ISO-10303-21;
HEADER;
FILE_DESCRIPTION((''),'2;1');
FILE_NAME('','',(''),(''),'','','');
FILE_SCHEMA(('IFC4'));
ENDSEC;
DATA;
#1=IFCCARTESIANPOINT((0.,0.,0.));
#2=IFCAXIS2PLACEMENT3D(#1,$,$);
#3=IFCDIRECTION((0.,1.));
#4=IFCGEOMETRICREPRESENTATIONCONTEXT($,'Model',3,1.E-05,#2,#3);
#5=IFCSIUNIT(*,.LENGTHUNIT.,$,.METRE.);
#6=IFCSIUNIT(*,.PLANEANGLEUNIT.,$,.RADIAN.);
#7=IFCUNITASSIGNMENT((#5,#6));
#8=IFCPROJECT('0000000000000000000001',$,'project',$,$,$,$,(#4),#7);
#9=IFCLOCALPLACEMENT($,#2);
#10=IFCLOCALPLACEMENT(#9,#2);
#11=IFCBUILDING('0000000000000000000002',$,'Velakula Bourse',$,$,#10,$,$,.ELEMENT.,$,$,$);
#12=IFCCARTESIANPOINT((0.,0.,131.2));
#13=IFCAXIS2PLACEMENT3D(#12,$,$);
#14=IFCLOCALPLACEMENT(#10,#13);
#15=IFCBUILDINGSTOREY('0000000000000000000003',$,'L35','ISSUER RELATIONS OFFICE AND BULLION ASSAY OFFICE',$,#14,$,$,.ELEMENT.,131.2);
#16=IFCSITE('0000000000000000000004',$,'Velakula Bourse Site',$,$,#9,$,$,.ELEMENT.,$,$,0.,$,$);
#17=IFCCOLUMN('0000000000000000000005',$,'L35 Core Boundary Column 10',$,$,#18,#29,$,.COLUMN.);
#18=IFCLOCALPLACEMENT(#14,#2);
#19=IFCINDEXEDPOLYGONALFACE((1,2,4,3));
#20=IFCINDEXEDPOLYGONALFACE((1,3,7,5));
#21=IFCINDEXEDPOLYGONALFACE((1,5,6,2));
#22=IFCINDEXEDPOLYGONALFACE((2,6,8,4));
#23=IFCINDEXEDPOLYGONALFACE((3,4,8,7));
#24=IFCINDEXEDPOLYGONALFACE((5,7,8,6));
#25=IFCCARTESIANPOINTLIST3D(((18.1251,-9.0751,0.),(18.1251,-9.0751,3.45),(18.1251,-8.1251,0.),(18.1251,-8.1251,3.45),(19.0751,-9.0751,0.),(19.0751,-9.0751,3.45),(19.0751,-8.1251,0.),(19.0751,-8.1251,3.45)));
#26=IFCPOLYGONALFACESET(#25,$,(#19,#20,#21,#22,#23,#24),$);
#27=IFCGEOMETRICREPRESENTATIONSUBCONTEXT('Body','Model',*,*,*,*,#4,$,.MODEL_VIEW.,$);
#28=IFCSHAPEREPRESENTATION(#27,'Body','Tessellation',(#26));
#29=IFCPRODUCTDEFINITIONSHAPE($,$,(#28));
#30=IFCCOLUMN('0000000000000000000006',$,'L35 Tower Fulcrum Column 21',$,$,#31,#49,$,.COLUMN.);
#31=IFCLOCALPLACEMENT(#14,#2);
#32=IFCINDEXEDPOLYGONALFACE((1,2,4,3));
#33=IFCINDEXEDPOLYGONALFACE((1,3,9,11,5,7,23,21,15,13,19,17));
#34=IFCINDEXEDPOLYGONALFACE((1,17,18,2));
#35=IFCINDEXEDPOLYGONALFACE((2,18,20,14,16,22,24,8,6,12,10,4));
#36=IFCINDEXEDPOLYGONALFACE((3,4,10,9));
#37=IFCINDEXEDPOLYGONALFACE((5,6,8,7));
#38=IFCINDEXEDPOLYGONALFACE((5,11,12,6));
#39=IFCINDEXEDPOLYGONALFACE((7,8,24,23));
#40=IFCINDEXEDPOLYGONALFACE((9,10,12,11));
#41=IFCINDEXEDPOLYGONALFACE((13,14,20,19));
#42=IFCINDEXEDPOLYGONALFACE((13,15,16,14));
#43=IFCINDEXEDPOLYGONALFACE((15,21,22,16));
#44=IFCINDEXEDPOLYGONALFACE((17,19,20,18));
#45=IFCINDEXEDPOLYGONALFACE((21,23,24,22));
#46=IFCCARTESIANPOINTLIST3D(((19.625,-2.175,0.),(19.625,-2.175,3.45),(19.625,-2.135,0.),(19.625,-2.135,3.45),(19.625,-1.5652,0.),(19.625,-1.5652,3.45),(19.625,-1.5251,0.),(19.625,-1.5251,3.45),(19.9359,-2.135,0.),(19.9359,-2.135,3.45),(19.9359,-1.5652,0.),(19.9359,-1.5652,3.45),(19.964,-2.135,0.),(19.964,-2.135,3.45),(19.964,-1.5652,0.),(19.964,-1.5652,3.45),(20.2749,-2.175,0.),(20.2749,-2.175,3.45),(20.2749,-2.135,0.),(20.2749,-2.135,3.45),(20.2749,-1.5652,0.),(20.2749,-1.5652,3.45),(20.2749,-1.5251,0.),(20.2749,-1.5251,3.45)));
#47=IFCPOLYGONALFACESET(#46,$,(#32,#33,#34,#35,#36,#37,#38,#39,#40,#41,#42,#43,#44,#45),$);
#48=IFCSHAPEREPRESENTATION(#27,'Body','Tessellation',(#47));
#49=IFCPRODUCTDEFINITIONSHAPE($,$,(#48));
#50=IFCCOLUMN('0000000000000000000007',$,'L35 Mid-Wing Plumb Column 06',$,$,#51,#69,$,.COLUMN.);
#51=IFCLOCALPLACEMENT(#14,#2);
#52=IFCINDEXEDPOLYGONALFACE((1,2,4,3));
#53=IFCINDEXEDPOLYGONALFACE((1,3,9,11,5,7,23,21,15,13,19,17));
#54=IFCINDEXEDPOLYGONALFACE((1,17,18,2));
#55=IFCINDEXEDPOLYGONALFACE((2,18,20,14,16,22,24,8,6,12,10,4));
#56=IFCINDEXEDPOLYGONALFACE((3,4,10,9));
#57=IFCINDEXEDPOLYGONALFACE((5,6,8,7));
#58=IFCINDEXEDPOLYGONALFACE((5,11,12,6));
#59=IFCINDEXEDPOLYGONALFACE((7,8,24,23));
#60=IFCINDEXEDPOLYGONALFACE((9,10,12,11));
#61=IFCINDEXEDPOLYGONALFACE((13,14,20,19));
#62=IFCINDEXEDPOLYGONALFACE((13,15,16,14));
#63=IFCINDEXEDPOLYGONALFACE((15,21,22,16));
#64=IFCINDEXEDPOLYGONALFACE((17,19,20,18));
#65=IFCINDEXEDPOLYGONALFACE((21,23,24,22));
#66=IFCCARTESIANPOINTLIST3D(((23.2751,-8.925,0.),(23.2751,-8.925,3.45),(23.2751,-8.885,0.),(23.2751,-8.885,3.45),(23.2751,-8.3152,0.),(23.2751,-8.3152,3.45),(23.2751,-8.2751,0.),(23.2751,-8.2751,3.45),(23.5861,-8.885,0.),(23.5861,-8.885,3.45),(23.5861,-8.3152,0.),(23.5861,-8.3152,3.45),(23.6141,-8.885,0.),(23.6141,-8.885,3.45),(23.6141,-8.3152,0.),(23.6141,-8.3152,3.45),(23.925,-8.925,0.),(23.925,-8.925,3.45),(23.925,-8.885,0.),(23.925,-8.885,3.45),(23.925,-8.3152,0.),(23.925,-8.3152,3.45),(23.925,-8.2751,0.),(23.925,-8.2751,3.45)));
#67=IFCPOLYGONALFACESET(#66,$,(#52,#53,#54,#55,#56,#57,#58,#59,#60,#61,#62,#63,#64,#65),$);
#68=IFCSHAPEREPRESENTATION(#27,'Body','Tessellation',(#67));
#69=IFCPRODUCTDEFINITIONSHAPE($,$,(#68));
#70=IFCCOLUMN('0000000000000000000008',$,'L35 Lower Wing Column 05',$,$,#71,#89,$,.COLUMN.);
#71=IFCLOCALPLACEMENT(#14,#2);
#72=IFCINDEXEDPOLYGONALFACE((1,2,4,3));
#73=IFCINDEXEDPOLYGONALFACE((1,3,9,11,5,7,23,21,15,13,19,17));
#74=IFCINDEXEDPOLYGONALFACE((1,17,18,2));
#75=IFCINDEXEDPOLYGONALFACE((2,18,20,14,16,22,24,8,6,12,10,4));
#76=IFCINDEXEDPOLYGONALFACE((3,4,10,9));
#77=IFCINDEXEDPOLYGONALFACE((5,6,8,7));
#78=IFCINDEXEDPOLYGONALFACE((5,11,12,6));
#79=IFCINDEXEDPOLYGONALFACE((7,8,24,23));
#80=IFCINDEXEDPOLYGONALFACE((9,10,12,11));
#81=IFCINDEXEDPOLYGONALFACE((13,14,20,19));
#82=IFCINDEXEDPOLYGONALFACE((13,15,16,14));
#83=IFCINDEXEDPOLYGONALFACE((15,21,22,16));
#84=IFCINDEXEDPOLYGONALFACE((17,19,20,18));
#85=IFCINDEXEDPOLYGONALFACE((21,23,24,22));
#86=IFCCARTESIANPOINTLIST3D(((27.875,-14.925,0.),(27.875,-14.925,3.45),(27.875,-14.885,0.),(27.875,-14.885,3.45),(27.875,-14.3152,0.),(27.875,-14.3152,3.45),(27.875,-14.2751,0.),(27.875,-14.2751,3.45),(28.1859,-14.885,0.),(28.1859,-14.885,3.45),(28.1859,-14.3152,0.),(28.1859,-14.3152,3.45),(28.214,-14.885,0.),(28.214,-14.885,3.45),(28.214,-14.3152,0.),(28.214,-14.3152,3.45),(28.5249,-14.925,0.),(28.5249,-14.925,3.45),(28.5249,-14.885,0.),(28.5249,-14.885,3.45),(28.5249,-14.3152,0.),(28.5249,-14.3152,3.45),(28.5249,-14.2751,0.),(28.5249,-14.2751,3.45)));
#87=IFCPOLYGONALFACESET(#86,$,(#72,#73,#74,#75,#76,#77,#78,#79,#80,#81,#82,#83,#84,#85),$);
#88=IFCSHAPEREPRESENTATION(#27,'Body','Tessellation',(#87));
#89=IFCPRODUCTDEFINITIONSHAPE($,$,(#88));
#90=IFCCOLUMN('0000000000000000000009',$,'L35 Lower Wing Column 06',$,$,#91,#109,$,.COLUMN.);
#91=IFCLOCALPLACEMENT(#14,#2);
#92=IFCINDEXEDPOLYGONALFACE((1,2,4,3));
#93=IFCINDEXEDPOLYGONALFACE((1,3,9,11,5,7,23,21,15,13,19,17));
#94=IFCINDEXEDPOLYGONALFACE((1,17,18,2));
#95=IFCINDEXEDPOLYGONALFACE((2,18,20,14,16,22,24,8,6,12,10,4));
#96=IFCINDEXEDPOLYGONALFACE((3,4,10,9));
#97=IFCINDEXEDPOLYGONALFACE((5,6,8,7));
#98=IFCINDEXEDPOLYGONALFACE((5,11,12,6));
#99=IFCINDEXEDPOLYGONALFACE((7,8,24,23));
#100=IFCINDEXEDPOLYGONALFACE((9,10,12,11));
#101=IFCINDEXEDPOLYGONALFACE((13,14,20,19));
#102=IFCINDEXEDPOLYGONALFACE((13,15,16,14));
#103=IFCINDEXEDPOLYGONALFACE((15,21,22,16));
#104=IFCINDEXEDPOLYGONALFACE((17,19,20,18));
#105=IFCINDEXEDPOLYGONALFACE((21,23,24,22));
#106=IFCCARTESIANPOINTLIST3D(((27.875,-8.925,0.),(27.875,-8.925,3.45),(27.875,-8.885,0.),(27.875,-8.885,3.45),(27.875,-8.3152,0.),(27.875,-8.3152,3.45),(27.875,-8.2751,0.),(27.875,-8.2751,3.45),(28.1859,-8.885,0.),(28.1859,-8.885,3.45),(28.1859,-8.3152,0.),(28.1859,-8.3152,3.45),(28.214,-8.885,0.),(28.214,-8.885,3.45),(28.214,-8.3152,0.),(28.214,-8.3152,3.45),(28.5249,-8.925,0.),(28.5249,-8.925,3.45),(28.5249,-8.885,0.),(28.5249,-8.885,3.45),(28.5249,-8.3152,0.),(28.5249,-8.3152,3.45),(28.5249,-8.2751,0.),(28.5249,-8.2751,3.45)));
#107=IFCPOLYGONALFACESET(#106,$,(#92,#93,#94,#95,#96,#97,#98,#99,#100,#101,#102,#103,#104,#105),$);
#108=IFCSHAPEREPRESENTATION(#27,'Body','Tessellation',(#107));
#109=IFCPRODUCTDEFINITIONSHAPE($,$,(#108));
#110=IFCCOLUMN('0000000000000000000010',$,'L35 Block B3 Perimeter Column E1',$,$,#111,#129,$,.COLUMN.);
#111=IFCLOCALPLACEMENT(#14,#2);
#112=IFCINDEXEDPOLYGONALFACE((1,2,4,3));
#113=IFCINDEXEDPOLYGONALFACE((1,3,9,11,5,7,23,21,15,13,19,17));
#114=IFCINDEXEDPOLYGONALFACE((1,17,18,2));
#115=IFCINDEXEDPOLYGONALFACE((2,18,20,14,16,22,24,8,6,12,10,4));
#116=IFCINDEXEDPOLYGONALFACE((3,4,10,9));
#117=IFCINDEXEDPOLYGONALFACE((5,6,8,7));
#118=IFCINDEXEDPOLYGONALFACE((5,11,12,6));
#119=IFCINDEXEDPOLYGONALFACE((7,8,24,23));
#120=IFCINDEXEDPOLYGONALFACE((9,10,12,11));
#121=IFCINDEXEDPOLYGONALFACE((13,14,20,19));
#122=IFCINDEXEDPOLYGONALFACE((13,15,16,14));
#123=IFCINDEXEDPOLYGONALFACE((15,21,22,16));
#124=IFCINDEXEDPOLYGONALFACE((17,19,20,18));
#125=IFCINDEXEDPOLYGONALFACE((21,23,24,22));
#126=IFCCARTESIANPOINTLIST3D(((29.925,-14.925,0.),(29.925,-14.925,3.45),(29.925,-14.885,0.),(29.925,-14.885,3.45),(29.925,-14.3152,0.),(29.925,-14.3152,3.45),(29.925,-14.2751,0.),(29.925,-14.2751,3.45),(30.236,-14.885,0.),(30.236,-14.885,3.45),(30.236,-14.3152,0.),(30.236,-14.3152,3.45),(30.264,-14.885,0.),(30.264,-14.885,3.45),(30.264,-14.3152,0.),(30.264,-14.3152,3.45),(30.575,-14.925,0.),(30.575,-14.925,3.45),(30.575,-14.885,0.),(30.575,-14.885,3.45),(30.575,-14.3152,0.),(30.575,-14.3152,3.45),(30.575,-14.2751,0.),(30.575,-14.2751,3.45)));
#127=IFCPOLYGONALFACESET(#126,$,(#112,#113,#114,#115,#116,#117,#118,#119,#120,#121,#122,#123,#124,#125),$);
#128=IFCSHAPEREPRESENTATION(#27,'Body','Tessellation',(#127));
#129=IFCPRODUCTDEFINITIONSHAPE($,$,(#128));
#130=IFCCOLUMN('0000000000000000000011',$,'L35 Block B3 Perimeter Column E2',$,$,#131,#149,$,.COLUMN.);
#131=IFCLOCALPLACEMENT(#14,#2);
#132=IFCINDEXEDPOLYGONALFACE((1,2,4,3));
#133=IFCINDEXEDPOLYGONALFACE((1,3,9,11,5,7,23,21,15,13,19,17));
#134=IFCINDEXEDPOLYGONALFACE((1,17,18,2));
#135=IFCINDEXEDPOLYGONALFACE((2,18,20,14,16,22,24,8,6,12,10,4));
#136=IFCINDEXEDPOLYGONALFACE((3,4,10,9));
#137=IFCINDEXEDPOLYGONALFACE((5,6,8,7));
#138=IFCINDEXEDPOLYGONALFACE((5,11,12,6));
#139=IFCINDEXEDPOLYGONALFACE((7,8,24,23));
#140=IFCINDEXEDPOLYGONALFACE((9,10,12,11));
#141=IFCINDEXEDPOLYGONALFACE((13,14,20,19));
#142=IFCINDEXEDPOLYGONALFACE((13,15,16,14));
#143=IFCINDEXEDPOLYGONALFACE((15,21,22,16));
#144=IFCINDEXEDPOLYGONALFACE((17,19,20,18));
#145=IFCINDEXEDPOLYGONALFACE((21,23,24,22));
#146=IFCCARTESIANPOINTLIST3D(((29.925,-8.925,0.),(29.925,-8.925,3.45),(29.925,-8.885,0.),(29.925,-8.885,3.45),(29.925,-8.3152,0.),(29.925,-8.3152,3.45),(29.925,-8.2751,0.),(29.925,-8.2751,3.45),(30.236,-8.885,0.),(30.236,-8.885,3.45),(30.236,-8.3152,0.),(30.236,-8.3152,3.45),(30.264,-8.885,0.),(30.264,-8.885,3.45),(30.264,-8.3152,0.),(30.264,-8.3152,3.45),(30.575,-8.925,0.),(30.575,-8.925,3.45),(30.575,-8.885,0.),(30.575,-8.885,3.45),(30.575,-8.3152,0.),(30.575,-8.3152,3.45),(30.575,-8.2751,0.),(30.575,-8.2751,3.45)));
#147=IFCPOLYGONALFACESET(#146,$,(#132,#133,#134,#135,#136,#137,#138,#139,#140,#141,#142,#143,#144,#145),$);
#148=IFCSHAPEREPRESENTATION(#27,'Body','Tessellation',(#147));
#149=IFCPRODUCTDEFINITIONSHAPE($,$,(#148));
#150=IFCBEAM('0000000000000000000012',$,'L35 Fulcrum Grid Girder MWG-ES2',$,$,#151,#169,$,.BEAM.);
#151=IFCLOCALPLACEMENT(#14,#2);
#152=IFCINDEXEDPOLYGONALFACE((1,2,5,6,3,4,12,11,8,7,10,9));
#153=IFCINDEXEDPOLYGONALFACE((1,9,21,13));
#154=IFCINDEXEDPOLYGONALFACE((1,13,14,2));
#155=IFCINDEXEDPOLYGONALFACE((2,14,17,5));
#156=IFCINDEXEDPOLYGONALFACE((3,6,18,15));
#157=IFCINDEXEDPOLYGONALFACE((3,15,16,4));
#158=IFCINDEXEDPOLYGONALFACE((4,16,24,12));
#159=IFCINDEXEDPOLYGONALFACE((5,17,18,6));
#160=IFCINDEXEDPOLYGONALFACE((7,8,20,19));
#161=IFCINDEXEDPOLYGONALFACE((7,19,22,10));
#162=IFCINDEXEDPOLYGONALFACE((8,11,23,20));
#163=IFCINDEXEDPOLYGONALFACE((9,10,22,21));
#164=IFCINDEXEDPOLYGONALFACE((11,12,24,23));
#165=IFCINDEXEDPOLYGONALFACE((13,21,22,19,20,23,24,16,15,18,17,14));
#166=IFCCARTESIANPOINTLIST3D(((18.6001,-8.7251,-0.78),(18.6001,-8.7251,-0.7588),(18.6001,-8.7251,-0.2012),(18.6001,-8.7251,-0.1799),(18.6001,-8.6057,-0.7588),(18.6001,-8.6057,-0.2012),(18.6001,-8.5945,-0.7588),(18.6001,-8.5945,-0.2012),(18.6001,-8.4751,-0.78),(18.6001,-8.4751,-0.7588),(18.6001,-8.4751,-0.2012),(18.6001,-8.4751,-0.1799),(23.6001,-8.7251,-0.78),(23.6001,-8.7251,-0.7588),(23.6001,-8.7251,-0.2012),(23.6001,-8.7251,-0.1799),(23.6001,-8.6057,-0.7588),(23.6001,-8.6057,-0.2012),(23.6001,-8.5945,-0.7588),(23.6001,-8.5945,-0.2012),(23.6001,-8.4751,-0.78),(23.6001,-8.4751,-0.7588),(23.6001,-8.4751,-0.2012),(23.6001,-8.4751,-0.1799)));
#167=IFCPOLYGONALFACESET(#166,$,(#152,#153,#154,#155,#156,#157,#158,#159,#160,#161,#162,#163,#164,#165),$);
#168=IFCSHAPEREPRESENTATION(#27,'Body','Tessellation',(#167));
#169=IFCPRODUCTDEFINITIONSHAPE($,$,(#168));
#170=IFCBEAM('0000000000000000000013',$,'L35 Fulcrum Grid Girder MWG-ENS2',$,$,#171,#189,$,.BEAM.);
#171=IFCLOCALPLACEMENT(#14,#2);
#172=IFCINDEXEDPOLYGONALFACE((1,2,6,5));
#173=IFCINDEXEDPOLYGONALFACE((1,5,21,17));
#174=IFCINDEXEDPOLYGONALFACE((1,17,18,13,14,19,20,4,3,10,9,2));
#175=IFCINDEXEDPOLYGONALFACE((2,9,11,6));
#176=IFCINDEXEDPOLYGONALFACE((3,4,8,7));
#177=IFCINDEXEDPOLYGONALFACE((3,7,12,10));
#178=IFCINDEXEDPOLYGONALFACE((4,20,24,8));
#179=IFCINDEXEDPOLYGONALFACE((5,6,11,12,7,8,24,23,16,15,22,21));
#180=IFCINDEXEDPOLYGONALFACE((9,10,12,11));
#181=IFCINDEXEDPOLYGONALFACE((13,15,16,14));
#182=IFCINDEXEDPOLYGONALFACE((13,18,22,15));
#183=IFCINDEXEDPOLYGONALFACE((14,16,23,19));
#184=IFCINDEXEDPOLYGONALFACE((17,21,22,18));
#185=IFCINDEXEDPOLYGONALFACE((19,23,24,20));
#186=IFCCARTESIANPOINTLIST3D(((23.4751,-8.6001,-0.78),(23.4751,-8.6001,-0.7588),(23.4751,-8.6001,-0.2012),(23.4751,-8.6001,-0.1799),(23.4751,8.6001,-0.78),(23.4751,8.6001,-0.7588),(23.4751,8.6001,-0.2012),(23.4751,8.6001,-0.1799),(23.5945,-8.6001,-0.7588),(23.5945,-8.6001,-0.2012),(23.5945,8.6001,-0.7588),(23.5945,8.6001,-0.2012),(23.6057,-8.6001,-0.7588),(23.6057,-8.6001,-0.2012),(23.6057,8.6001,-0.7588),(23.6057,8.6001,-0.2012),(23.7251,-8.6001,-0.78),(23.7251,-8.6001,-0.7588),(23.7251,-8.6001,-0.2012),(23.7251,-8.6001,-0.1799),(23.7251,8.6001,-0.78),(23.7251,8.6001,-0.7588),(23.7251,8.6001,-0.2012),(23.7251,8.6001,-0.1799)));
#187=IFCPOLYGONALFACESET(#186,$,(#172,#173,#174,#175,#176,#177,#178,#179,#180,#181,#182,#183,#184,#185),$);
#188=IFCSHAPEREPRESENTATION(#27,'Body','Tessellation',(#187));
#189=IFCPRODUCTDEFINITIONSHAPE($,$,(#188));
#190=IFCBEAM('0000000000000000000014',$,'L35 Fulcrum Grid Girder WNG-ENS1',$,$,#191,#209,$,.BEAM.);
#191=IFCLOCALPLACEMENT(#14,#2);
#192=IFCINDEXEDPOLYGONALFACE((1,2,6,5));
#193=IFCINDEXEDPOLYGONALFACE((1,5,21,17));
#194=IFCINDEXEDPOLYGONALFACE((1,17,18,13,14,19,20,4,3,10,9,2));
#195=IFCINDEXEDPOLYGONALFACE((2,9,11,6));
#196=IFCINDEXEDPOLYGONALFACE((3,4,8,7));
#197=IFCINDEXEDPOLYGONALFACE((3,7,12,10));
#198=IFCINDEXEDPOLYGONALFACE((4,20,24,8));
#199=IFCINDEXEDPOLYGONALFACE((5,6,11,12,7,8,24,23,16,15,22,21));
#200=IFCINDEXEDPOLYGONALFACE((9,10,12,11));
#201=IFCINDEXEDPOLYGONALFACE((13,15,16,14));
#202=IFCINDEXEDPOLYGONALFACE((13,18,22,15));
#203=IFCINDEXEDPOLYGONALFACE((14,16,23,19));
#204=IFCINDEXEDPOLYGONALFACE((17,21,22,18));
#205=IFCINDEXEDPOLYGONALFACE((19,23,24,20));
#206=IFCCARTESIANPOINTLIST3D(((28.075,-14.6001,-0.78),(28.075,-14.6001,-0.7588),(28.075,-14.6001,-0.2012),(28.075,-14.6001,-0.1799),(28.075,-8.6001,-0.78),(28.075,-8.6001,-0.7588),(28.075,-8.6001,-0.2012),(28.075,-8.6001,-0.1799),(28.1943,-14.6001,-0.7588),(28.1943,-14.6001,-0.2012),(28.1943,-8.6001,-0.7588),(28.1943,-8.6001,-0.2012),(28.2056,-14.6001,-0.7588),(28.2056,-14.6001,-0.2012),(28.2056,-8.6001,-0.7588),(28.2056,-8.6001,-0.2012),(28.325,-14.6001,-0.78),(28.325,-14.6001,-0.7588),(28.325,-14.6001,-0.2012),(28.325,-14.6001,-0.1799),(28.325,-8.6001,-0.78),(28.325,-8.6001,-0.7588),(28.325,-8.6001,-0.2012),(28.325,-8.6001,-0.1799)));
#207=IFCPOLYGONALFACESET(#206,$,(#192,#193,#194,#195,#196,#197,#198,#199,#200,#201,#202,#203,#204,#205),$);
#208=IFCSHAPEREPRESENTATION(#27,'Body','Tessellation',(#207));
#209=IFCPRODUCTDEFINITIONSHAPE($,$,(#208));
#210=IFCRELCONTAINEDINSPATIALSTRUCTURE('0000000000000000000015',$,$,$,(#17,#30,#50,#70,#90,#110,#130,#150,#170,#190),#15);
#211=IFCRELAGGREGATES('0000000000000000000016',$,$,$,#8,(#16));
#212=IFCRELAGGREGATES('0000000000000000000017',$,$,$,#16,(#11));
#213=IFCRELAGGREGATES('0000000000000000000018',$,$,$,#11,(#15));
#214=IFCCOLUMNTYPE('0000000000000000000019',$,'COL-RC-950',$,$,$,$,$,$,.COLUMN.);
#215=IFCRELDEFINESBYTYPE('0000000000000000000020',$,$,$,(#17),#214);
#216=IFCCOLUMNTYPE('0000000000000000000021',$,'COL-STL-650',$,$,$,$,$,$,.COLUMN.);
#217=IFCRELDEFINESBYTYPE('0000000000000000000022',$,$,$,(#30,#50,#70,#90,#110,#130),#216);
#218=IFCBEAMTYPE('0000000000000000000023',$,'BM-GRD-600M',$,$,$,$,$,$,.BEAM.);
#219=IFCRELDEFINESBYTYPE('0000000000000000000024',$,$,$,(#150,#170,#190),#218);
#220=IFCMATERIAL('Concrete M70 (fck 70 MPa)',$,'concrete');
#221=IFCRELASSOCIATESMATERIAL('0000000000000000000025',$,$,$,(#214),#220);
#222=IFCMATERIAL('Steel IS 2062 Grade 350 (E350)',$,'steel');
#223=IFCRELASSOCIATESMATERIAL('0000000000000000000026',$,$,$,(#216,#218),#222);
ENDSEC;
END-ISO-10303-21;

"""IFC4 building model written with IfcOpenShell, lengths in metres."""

from ifc_helpers import new_model, si_unit, direction, frame, origin, origin_2d, place, context, subcontext, project, spatial, rectangle, i_section, extrude, material, material_profile, profile_set, type_object, element, save


model = new_model("IFC4")

# Units and contexts
model_context = context("Model", 3, precision=1e-05, world=origin(), true_north=direction((0.0, 1.0)))
body_context = subcontext(model_context, "Body", "Model", "MODEL_VIEW")
ifc_project = project(units=[si_unit("LENGTHUNIT", "METRE"), si_unit("PLANEANGLEUNIT", "RADIAN")], contexts=[model_context])

# Site, building, storey
site_placement = place(None, origin())
site = spatial("IfcSite", under=ifc_project, at=site_placement, Name="Velakula Bourse Site", CompositionType="ELEMENT", RefElevation=0.0)
building_placement = place(site_placement, origin())
building = spatial("IfcBuilding", under=site, at=building_placement, Name="Velakula Bourse", CompositionType="ELEMENT")
storey_placement = place(building_placement, frame((0.0, 0.0, 131.2)))
storey = spatial("IfcBuildingStorey", under=building, at=storey_placement, Name="L35", Description="ISSUER RELATIONS OFFICE AND BULLION ASSAY OFFICE", CompositionType="ELEMENT", Elevation=131.2)

# Columns
ifc_material_1 = material(Name="Concrete M70 (fck 70 MPa)", Category="concrete")
ifc_material_profile_1 = material_profile(ifc_material_1, rectangle(XDim=0.95, YDim=0.95, at=origin_2d()), Name="Concrete M70 (fck 70 MPa)")
ifc_profile_set_1 = profile_set([ifc_material_profile_1], Name="Concrete M70 (fck 70 MPa)")
column_type_1 = type_object("IfcColumnType", Name="COL-RC-950", PredefinedType="COLUMN", material=ifc_profile_set_1)
column_placement = place(storey_placement, frame((18.6001, -8.6001, 0.0), z_axis=(0.0, 0.0, 1.0), x_axis=(1.0, 0.0, 0.0)))
element("IfcColumn", 1, at=column_placement, inside=storey, type_object=column_type_1, Name="L35 Core Boundary Column 10", PredefinedType="COLUMN", context=body_context, shape_type="SweptSolid", body=[
    extrude(rectangle(XDim=0.95, YDim=0.95, at=origin_2d()), origin(), (0.0, 0.0, 1.0), 3.45),
])
ifc_material_2 = material(Name="Steel IS 2062 Grade 350 (E350)", Category="steel")
ifc_material_profile_2 = material_profile(ifc_material_2, i_section(OverallWidth=0.6499, OverallDepth=0.6499, WebThickness=0.0281, FlangeThickness=0.04, at=origin_2d()), Name="Steel IS 2062 Grade 350 (E350)")
ifc_profile_set_2 = profile_set([ifc_material_profile_2], Name="Steel IS 2062 Grade 350 (E350)")
column_type_2 = type_object("IfcColumnType", Name="COL-STL-650", PredefinedType="COLUMN", material=ifc_profile_set_2)
for number, where, z_axis, x_axis, name in (
    (2, (19.95, -1.8501, 0.0), (0.0, 0.0, 1.0), (1.0, 0.0, 0.0), "L35 Tower Fulcrum Column 21"),
    (3, (23.6001, -8.6001, 0.0), (0.0, 0.0, 1.0), (1.0, 0.0, 0.0), "L35 Mid-Wing Plumb Column 06"),
    (4, (28.2, -14.6001, 0.0), (0.0, 0.0, 1.0), (1.0, 0.0, 0.0), "L35 Lower Wing Column 05"),
    (5, (28.2, -8.6001, 0.0), (0.0, 0.0, 1.0), (1.0, 0.0, 0.0), "L35 Lower Wing Column 06"),
    (6, (30.25, -14.6001, 0.0), (0.0, 0.0, 1.0), (1.0, 0.0, 0.0), "L35 Block B3 Perimeter Column E1"),
    (7, (30.25, -8.6001, 0.0), (0.0, 0.0, 1.0), (1.0, 0.0, 0.0), "L35 Block B3 Perimeter Column E2"),
):
    element("IfcColumn", number, at=place(storey_placement, frame(where, z_axis=z_axis, x_axis=x_axis)), inside=storey, type_object=column_type_2, Name=name, PredefinedType="COLUMN", context=body_context, shape_type="SweptSolid", body=[
        extrude(i_section(OverallWidth=0.6499, OverallDepth=0.6499, WebThickness=0.0281, FlangeThickness=0.04, at=origin_2d()), origin(), (0.0, 0.0, 1.0), 3.45),
    ])

# Beams
ifc_material_profile_3 = material_profile(ifc_material_2, i_section(OverallWidth=0.25, OverallDepth=0.6001, WebThickness=0.0112, FlangeThickness=0.0212, at=origin_2d()), Name="Steel IS 2062 Grade 350 (E350)")
ifc_profile_set_3 = profile_set([ifc_material_profile_3], Name="Steel IS 2062 Grade 350 (E350)")
beam_type_1 = type_object("IfcBeamType", Name="BM-GRD-600M", PredefinedType="BEAM", material=ifc_profile_set_3)
beam_1_placement = place(storey_placement, frame((18.6001, -8.6001, -0.48), z_axis=(1.0, 0.0, 0.0), x_axis=(0.0, 1.0, 0.0)))
element("IfcBeam", 8, at=beam_1_placement, inside=storey, type_object=beam_type_1, Name="L35 Fulcrum Grid Girder MWG-ES2", PredefinedType="BEAM", context=body_context, shape_type="SweptSolid", body=[
    extrude(i_section(OverallWidth=0.25, OverallDepth=0.6001, WebThickness=0.0112, FlangeThickness=0.0212, at=origin_2d()), origin(), (0.0, 0.0, 1.0), 5.0),
])
beam_2_placement = place(storey_placement, frame((23.6001, -8.6001, -0.48), z_axis=(0.0, 1.0, 0.0), x_axis=(-1.0, 0.0, 0.0)))
element("IfcBeam", 9, at=beam_2_placement, inside=storey, type_object=beam_type_1, Name="L35 Fulcrum Grid Girder MWG-ENS2", PredefinedType="BEAM", context=body_context, shape_type="SweptSolid", body=[
    extrude(i_section(OverallWidth=0.25, OverallDepth=0.6001, WebThickness=0.0112, FlangeThickness=0.0212, at=origin_2d()), origin(), (0.0, 0.0, 1.0), 17.2002),
])
beam_3_placement = place(storey_placement, frame((28.2, -14.6001, -0.48), z_axis=(0.0, 1.0, 0.0), x_axis=(-1.0, 0.0, 0.0)))
element("IfcBeam", 10, at=beam_3_placement, inside=storey, type_object=beam_type_1, Name="L35 Fulcrum Grid Girder WNG-ENS1", PredefinedType="BEAM", context=body_context, shape_type="SweptSolid", body=[
    extrude(i_section(OverallWidth=0.25, OverallDepth=0.6001, WebThickness=0.0112, FlangeThickness=0.0212, at=origin_2d()), origin(), (0.0, 0.0, 1.0), 6.0),
])

save(model, "model.ifc")
